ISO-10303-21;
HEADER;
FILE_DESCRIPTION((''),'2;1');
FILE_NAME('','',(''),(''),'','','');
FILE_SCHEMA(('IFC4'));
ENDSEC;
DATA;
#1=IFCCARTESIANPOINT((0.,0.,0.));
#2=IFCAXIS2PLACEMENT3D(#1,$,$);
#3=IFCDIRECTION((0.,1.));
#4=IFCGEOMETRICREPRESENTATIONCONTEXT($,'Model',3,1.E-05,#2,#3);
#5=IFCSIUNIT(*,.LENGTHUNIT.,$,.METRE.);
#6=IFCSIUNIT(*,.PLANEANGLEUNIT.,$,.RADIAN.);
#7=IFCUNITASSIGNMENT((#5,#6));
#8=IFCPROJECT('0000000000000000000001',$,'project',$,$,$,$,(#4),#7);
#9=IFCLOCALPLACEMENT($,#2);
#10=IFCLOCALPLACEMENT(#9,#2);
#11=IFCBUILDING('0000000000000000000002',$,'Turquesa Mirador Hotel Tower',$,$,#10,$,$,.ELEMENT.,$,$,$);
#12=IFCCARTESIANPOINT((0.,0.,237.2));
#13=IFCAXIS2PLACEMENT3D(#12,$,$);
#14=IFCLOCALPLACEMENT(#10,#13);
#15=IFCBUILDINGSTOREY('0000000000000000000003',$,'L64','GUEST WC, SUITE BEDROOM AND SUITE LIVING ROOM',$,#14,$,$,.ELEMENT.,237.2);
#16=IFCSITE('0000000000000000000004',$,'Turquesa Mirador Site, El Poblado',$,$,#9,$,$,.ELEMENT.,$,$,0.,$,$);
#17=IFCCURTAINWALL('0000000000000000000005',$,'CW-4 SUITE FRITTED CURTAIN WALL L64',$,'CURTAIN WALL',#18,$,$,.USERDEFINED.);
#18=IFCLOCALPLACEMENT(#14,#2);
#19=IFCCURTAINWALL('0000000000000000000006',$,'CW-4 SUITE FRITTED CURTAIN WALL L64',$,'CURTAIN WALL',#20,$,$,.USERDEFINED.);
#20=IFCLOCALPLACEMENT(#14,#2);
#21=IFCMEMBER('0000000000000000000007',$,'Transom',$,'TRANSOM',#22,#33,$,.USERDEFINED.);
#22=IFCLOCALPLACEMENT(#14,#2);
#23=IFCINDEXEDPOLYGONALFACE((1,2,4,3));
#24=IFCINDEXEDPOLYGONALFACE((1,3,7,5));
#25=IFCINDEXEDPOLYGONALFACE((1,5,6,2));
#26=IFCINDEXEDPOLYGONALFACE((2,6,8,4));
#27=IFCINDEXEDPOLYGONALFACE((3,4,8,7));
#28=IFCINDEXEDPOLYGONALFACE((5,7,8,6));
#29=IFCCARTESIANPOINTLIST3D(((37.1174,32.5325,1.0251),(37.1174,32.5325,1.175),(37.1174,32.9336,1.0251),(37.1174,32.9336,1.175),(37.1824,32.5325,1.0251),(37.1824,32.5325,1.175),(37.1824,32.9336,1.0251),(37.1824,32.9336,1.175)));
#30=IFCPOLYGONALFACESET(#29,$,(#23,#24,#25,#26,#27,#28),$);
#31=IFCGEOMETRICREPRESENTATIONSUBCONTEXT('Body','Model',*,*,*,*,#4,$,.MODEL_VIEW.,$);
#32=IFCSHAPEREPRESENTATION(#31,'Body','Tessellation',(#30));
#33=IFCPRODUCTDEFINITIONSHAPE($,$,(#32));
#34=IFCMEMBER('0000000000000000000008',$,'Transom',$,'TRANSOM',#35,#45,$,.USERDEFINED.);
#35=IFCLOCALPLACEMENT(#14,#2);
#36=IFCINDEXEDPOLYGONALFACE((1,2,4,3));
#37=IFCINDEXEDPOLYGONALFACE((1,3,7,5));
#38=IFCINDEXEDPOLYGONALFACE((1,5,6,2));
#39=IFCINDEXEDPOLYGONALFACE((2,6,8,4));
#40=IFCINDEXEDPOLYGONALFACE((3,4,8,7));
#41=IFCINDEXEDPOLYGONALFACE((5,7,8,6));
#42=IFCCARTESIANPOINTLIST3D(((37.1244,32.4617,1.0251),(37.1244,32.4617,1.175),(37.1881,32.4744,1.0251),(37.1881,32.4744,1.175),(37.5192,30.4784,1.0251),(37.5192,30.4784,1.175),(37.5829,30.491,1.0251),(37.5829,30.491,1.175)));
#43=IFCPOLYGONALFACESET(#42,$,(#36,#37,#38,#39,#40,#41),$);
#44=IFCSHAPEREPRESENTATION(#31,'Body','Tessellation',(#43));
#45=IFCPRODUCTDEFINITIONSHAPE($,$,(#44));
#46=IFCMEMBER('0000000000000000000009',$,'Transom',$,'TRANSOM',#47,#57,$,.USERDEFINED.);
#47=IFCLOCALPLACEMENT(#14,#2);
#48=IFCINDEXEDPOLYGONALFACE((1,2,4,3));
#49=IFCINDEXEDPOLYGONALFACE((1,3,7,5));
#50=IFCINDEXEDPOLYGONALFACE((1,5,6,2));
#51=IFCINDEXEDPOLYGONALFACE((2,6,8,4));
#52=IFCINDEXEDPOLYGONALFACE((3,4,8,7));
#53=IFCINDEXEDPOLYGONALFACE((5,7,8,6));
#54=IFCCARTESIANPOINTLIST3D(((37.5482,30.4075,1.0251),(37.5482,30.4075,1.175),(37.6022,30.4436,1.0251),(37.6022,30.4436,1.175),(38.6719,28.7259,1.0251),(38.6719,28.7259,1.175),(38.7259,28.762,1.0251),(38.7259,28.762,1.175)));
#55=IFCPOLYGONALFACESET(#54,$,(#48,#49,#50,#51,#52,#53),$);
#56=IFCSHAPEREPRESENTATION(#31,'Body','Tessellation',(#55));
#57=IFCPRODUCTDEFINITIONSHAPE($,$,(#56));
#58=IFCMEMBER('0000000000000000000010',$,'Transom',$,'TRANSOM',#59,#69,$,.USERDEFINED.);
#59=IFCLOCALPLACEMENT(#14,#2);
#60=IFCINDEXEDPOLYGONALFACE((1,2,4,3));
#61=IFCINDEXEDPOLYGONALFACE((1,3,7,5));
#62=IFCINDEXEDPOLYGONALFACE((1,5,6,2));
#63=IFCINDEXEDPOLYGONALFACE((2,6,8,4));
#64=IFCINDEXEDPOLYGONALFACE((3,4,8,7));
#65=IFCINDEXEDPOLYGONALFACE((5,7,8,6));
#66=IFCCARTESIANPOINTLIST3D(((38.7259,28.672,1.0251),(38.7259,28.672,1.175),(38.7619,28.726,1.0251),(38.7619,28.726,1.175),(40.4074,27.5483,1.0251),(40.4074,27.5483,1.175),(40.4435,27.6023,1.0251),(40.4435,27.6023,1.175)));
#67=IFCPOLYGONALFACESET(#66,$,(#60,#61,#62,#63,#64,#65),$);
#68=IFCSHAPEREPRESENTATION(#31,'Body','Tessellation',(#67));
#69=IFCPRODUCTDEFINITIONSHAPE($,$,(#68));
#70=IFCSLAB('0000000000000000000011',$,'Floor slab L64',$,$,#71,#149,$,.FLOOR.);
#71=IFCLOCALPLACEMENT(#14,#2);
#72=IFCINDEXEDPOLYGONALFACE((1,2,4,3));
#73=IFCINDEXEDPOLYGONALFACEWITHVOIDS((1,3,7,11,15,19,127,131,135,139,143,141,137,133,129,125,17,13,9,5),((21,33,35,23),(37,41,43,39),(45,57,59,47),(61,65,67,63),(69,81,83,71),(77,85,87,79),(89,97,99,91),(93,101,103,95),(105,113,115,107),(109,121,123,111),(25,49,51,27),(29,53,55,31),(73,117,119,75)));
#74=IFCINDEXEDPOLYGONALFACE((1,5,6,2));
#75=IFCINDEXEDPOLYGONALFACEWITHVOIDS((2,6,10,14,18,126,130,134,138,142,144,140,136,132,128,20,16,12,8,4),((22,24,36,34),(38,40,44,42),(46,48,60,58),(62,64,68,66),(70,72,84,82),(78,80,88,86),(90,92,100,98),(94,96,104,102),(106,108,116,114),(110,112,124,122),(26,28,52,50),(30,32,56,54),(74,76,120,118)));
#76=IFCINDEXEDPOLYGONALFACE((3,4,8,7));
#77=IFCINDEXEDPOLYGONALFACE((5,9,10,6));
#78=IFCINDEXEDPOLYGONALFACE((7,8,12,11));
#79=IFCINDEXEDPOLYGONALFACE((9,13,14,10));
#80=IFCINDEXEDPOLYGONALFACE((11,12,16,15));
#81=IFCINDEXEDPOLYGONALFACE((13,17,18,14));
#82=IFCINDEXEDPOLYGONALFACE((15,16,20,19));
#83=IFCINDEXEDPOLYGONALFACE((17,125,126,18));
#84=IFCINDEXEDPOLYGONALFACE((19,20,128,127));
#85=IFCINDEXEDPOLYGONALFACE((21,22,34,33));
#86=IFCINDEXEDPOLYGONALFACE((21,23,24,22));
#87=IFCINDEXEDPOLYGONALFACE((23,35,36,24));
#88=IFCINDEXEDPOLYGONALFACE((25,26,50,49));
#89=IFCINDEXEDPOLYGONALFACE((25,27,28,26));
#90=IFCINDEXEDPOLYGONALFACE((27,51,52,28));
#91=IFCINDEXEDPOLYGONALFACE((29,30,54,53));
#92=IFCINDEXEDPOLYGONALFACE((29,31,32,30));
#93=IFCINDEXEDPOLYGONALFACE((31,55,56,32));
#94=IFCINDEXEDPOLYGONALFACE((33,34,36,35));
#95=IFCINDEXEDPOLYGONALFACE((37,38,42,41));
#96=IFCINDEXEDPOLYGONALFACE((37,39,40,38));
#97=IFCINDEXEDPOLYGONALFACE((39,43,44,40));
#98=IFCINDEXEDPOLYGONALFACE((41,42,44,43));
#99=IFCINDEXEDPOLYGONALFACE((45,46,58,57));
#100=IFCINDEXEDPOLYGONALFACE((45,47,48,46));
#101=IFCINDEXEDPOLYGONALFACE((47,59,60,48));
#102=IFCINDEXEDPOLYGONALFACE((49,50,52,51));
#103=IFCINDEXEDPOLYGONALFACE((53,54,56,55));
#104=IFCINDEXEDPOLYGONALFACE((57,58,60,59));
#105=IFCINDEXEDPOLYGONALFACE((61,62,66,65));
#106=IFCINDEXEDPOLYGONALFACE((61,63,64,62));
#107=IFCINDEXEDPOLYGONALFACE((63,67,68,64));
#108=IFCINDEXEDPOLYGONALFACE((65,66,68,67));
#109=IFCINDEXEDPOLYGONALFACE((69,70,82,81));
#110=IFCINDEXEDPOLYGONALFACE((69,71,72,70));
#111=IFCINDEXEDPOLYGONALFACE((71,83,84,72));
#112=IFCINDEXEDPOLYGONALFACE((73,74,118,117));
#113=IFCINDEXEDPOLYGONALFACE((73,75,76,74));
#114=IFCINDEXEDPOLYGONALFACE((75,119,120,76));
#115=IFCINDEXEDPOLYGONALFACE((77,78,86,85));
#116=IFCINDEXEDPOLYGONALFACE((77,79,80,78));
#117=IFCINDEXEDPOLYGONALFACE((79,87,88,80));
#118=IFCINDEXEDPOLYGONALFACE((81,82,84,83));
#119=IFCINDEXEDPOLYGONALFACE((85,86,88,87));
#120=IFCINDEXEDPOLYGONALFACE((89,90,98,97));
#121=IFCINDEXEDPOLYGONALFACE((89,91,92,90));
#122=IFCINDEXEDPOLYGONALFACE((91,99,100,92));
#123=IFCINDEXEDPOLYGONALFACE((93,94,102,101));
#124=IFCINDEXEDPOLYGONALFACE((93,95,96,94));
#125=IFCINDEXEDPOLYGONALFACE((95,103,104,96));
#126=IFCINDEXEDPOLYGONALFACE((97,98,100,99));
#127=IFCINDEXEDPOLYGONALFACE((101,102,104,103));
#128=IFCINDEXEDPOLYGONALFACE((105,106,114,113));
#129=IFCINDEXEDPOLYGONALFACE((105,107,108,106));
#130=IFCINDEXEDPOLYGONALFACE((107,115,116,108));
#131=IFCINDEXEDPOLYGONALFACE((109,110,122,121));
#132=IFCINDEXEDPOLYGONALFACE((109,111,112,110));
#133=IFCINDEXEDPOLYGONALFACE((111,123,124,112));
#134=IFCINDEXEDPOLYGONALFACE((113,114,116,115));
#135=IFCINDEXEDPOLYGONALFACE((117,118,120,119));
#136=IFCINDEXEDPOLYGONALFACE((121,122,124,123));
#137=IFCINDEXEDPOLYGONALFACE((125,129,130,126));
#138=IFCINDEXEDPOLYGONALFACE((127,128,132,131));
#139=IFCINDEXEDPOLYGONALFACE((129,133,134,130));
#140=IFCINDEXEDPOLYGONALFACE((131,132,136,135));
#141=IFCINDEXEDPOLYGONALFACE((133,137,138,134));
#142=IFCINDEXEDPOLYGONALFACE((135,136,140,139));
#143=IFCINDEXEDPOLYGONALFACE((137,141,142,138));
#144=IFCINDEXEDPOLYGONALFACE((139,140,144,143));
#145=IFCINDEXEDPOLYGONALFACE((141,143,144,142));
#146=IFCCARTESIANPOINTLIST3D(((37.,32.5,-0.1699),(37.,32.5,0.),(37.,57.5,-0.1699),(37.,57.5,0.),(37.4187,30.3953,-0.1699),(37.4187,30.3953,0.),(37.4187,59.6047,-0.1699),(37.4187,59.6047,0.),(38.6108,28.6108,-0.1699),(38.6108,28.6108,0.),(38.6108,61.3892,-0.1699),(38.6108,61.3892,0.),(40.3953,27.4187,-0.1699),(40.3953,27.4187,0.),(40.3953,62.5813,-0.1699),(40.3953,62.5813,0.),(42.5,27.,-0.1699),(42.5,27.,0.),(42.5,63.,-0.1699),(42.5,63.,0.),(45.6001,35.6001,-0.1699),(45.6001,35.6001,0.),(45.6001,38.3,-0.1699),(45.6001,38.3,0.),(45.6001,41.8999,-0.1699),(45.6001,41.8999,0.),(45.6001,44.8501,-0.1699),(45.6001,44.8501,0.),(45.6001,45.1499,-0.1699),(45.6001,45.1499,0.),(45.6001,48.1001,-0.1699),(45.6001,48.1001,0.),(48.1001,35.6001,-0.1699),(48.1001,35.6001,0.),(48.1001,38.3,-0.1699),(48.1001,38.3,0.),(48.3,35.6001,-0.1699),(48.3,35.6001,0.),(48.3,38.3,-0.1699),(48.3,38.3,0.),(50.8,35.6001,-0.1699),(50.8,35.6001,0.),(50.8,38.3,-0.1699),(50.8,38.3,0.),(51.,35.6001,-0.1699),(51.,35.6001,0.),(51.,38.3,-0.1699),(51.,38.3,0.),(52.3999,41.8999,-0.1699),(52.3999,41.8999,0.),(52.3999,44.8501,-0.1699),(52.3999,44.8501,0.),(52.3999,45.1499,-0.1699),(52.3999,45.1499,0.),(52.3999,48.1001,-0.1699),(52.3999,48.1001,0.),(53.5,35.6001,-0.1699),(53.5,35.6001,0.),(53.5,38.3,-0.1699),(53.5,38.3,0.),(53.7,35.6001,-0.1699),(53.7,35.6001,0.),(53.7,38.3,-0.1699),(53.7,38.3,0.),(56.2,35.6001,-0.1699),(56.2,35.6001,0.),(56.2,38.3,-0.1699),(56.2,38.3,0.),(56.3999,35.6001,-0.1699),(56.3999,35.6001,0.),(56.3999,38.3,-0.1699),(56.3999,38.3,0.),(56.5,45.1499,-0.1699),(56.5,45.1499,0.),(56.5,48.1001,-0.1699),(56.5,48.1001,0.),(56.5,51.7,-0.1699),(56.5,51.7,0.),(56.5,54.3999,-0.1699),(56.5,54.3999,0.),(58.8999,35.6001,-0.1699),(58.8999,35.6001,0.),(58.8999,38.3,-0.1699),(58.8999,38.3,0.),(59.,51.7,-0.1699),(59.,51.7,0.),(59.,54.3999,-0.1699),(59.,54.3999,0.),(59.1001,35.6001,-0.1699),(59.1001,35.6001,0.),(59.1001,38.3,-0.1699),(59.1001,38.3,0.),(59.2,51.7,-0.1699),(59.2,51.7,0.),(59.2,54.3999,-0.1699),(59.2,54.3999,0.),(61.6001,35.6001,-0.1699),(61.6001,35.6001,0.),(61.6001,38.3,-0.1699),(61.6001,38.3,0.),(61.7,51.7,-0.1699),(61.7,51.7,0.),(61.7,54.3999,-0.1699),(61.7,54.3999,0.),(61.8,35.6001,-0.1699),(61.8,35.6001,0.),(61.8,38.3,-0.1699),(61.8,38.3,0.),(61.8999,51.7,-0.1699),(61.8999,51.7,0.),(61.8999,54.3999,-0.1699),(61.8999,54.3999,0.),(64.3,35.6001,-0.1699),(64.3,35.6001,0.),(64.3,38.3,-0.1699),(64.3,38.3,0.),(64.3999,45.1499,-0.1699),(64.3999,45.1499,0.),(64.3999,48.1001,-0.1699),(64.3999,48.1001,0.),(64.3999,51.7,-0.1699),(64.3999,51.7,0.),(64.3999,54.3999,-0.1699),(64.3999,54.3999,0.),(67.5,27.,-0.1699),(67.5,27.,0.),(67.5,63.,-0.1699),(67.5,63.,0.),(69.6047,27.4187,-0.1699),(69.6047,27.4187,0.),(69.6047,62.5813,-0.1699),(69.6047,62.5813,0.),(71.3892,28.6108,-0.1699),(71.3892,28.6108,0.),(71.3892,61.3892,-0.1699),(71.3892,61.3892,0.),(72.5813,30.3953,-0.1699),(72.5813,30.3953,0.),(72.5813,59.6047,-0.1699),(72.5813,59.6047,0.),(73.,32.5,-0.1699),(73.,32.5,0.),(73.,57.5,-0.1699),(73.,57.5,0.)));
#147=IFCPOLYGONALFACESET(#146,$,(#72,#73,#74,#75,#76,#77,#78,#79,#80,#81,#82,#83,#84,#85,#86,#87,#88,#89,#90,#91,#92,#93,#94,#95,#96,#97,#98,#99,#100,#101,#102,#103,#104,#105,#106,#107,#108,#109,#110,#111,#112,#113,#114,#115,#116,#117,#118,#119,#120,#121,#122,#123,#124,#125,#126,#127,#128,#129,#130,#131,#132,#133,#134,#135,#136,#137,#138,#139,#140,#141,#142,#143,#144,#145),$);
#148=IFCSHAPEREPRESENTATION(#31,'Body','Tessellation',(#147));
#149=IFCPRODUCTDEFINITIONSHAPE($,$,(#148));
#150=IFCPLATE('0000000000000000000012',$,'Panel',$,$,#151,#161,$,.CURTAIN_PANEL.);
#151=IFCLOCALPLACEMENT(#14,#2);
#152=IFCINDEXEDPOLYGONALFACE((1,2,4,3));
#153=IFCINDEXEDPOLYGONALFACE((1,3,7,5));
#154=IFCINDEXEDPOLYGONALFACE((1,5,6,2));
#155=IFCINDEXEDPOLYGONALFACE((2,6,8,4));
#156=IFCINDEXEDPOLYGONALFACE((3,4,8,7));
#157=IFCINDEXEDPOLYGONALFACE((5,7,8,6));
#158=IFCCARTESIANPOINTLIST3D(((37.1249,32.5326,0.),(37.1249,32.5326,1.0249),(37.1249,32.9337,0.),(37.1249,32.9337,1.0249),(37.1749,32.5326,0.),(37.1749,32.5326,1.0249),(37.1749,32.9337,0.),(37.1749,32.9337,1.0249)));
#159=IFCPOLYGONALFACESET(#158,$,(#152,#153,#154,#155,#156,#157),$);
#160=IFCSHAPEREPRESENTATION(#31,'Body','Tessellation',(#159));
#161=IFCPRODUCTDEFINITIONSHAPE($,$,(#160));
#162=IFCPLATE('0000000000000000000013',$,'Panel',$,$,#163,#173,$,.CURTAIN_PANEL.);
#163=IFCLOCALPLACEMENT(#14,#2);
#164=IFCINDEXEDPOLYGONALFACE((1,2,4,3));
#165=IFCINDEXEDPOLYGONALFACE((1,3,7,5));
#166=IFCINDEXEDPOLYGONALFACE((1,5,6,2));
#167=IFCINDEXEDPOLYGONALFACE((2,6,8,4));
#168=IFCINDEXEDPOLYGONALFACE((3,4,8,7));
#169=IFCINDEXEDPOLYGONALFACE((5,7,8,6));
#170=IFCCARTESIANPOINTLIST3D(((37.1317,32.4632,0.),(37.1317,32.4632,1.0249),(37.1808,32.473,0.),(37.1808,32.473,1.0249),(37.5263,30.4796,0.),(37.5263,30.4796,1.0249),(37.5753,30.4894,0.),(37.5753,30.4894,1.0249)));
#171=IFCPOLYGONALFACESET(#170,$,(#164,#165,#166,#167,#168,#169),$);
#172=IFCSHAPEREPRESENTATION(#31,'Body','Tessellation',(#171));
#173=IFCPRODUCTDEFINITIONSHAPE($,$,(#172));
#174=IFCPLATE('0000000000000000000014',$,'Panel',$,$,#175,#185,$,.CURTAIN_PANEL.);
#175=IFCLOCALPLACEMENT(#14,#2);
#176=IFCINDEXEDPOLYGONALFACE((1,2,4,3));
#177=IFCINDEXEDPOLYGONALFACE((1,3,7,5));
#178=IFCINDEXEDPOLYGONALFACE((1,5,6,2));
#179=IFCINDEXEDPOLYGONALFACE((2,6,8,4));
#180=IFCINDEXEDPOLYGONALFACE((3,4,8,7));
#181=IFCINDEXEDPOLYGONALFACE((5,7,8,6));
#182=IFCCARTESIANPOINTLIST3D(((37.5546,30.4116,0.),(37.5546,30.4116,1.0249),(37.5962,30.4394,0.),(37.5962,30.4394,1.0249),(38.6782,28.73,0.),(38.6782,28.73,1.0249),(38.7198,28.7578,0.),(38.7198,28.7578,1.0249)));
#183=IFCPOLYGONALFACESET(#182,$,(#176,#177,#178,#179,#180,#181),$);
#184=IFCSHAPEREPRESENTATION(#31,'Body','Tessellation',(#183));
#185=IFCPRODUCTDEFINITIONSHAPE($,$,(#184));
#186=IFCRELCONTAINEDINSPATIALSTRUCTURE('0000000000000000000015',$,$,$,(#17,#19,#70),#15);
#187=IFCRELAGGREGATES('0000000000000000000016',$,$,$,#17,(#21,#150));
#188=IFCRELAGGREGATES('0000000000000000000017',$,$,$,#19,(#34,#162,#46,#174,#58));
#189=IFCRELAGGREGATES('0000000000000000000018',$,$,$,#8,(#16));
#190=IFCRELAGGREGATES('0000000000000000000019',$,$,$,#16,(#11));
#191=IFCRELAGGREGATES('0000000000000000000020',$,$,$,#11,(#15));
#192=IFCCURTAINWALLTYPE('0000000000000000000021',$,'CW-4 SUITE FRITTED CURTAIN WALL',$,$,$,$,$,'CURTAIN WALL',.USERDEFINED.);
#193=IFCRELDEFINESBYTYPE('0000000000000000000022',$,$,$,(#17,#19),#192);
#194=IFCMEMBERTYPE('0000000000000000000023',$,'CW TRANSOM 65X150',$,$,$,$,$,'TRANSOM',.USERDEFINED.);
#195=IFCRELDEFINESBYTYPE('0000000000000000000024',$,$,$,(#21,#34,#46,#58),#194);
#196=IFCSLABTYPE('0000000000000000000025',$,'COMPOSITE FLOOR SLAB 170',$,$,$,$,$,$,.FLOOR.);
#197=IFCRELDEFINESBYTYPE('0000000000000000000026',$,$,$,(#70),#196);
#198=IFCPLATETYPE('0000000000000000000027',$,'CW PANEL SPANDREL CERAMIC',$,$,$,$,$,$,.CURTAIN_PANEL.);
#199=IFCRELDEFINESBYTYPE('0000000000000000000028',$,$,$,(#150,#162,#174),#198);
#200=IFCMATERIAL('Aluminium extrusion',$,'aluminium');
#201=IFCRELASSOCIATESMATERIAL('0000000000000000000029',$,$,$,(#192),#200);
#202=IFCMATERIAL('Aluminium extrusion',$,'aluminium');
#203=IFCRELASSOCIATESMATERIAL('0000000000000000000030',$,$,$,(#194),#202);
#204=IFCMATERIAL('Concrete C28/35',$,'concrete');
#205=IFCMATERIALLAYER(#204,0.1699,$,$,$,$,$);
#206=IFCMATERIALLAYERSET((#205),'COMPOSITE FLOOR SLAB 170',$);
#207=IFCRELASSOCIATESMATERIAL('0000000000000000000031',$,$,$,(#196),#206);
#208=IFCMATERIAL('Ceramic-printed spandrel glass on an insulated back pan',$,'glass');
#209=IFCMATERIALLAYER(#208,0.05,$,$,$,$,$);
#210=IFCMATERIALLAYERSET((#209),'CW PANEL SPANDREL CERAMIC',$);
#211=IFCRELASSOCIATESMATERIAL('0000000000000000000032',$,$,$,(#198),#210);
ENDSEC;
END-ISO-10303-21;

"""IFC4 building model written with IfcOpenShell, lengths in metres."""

from ifc_helpers import new_model, si_unit, direction, frame, origin, origin_2d, place, context, subcontext, project, spatial, polyline, rectangle, outline, extrude, material, layer, layer_set, material_profile, profile_set, type_object, element, aggregate, save


model = new_model("IFC4")

# Units and contexts
model_context = context("Model", 3, precision=1e-05, world=origin(), true_north=direction((0.0, 1.0)))
body_context = subcontext(model_context, "Body", "Model", "MODEL_VIEW")
ifc_project = project(units=[si_unit("LENGTHUNIT", "METRE"), si_unit("PLANEANGLEUNIT", "RADIAN")], contexts=[model_context])

# Site, building, storey
site_placement = place(None, origin())
site = spatial("IfcSite", under=ifc_project, at=site_placement, Name="Turquesa Mirador Site, El Poblado", CompositionType="ELEMENT", RefElevation=0.0)
building_placement = place(site_placement, origin())
building = spatial("IfcBuilding", under=site, at=building_placement, Name="Turquesa Mirador Hotel Tower", CompositionType="ELEMENT")
storey_placement = place(building_placement, frame((0.0, 0.0, 237.2)))
storey = spatial("IfcBuildingStorey", under=building, at=storey_placement, Name="L64", Description="GUEST WC, SUITE BEDROOM AND SUITE LIVING ROOM", CompositionType="ELEMENT", Elevation=237.2)

# Curtain walls
ifc_material_1 = material(Name="Aluminium extrusion", Category="aluminium")
curtain_wall_type = type_object("IfcCurtainWallType", Name="CW-4 SUITE FRITTED CURTAIN WALL", ElementType="CURTAIN WALL", PredefinedType="USERDEFINED", material=ifc_material_1)
curtain_wall_1_placement = place(storey_placement, origin())
curtain_wall_1 = element("IfcCurtainWall", 1, at=curtain_wall_1_placement, inside=storey, type_object=curtain_wall_type, Name="CW-4 SUITE FRITTED CURTAIN WALL L64", ObjectType="CURTAIN WALL", PredefinedType="USERDEFINED")
curtain_wall_2_placement = place(storey_placement, origin())
curtain_wall_2 = element("IfcCurtainWall", 2, at=curtain_wall_2_placement, inside=storey, type_object=curtain_wall_type, Name="CW-4 SUITE FRITTED CURTAIN WALL L64", ObjectType="CURTAIN WALL", PredefinedType="USERDEFINED")

# Members
ifc_material_2 = material(Name="Aluminium extrusion", Category="aluminium")
ifc_material_profile_1 = material_profile(ifc_material_2, rectangle(XDim=0.0649, YDim=0.1499, at=origin_2d()), Name="TRANSOM 65X150")
ifc_profile_set_1 = profile_set([ifc_material_profile_1], Name="Aluminium extrusion")
member_type_1 = type_object("IfcMemberType", Name="CW TRANSOM 65X150", ElementType="TRANSOM", PredefinedType="USERDEFINED", material=ifc_profile_set_1)
member_1_placement = place(storey_placement, frame((37.1499, 32.9336, 1.1001), z_axis=(0.0, -1.0, 0.0), x_axis=(1.0, 0.0, 0.0)))
member_1 = element("IfcMember", 3, at=member_1_placement, type_object=member_type_1, Name="Transom", ObjectType="TRANSOM", PredefinedType="USERDEFINED", context=body_context, shape_type="SweptSolid", body=[
    extrude(rectangle(XDim=0.0649, YDim=0.1499, at=origin_2d()), origin(), (0.0, 0.0, 1.0), 0.4011),
])
member_2_placement = place(storey_placement, frame((37.1562, 32.468, 1.1001), z_axis=(0.195211, -0.980761, 0.0), x_axis=(0.980761, 0.195211, 0.0)))
member_2 = element("IfcMember", 4, at=member_2_placement, type_object=member_type_1, Name="Transom", ObjectType="TRANSOM", PredefinedType="USERDEFINED", context=body_context, shape_type="SweptSolid", body=[
    extrude(rectangle(XDim=0.0649, YDim=0.1499, at=origin_2d()), origin(), (0.0, 0.0, 1.0), 2.0222),
])
member_3_placement = place(storey_placement, frame((37.5752, 30.4255, 1.1001), z_axis=(0.555619, -0.831437, 0.0), x_axis=(0.831437, 0.555619, 0.0)))
member_3 = element("IfcMember", 5, at=member_3_placement, type_object=member_type_1, Name="Transom", ObjectType="TRANSOM", PredefinedType="USERDEFINED", context=body_context, shape_type="SweptSolid", body=[
    extrude(rectangle(XDim=0.0649, YDim=0.1499, at=origin_2d()), origin(), (0.0, 0.0, 1.0), 2.0225),
])
member_4_placement = place(storey_placement, frame((38.7439, 28.699, 1.1001), z_axis=(0.831437, -0.555619, 0.0), x_axis=(0.555619, 0.831437, 0.0)))
member_4 = element("IfcMember", 6, at=member_4_placement, type_object=member_type_1, Name="Transom", ObjectType="TRANSOM", PredefinedType="USERDEFINED", context=body_context, shape_type="SweptSolid", body=[
    extrude(rectangle(XDim=0.0649, YDim=0.1499, at=origin_2d()), origin(), (0.0, 0.0, 1.0), 2.0225),
])

# Slab
ifc_material_3 = material(Name="Concrete C28/35", Category="concrete")
ifc_layer_1 = layer(ifc_material_3, 0.1699)
ifc_layer_set_1 = layer_set([ifc_layer_1], Name="COMPOSITE FLOOR SLAB 170")
slab_type_1 = type_object("IfcSlabType", Name="COMPOSITE FLOOR SLAB 170", PredefinedType="FLOOR", material=ifc_layer_set_1)
slab_1_placement = place(storey_placement, frame((0.0, 0.0, -0.1699)))
element("IfcSlab", 7, at=slab_1_placement, inside=storey, type_object=slab_type_1, Name="Floor slab L64", PredefinedType="FLOOR", context=body_context, shape_type="SweptSolid", body=[
    extrude(outline(polyline([(67.5, 27.0), (69.6047, 27.4187), (71.3892, 28.6108), (72.5813, 30.3953), (73.0, 32.5), (73.0, 57.5), (72.5813, 59.6047), (71.3892, 61.3892), (69.6047, 62.5813), (67.5, 63.0), (42.5, 63.0), (40.3953, 62.5813), (38.6108, 61.3892), (37.4187, 59.6047), (37.0, 57.5), (37.0, 32.5), (37.4187, 30.3953), (38.6108, 28.6108), (40.3953, 27.4187), (42.5, 27.0), (67.5, 27.0)]), holes=[polyline([(56.5, 51.7), (59.0, 51.7), (59.0, 54.3999), (56.5, 54.3999), (56.5, 51.7)]), polyline([(59.2, 51.7), (61.7, 51.7), (61.7, 54.3999), (59.2, 54.3999), (59.2, 51.7)]), polyline([(45.6001, 35.6001), (48.1001, 35.6001), (48.1001, 38.3), (45.6001, 38.3), (45.6001, 35.6001)]), polyline([(48.3, 35.6001), (50.8, 35.6001), (50.8, 38.3), (48.3, 38.3), (48.3, 35.6001)]), polyline([(51.0, 35.6001), (53.5, 35.6001), (53.5, 38.3), (51.0, 38.3), (51.0, 35.6001)]), polyline([(53.7, 35.6001), (56.2, 35.6001), (56.2, 38.3), (53.7, 38.3), (53.7, 35.6001)]), polyline([(56.3999, 35.6001), (58.8999, 35.6001), (58.8999, 38.3), (56.3999, 38.3), (56.3999, 35.6001)]), polyline([(59.1001, 35.6001), (61.6001, 35.6001), (61.6001, 38.3), (59.1001, 38.3), (59.1001, 35.6001)]), polyline([(61.8, 35.6001), (64.3, 35.6001), (64.3, 38.3), (61.8, 38.3), (61.8, 35.6001)]), polyline([(45.6001, 45.1499), (52.3999, 45.1499), (52.3999, 48.1001), (45.6001, 48.1001), (45.6001, 45.1499)]), polyline([(45.6001, 41.8999), (52.3999, 41.8999), (52.3999, 44.8501), (45.6001, 44.8501), (45.6001, 41.8999)]), polyline([(56.5, 45.1499), (64.3999, 45.1499), (64.3999, 48.1001), (56.5, 48.1001), (56.5, 45.1499)]), polyline([(61.8999, 51.7), (64.3999, 51.7), (64.3999, 54.3999), (61.8999, 54.3999), (61.8999, 51.7)])]), origin(), (0.0, 0.0, 1.0), 0.1699),
])

# Plates
ifc_material_4 = material(Name="Ceramic-printed spandrel glass on an insulated back pan", Category="glass")
ifc_layer_2 = layer(ifc_material_4, 0.05)
ifc_layer_set_2 = layer_set([ifc_layer_2], Name="CW PANEL SPANDREL CERAMIC")
plate_type_1 = type_object("IfcPlateType", Name="CW PANEL SPANDREL CERAMIC", PredefinedType="CURTAIN_PANEL", material=ifc_layer_set_2)
plate_1_placement = place(storey_placement, frame((37.1499, 32.7332, 0.0), z_axis=(0.0, 0.0, 1.0), x_axis=(0.0, -1.0, 0.0)))
plate_1 = element("IfcPlate", 8, at=plate_1_placement, type_object=plate_type_1, Name="Panel", PredefinedType="CURTAIN_PANEL", context=body_context, shape_type="SweptSolid", body=[
    extrude(rectangle(XDim=0.4011, YDim=0.05, at=origin_2d()), origin(), (0.0, 0.0, 1.0), 1.0249),
])
plate_2_placement = place(storey_placement, frame((37.3535, 31.4763, 0.0), z_axis=(0.0, 0.0, 1.0), x_axis=(0.195091, -0.980785, 0.0)))
plate_2 = element("IfcPlate", 9, at=plate_2_placement, type_object=plate_type_1, Name="Panel", PredefinedType="CURTAIN_PANEL", context=body_context, shape_type="SweptSolid", body=[
    extrude(rectangle(XDim=2.0225, YDim=0.05, at=origin_2d()), origin(), (0.0, 0.0, 1.0), 1.0249),
])
plate_3_placement = place(storey_placement, frame((38.1372, 29.5847, 0.0), z_axis=(0.0, 0.0, 1.0), x_axis=(0.55557, -0.83147, 0.0)))
plate_3 = element("IfcPlate", 10, at=plate_3_placement, type_object=plate_type_1, Name="Panel", PredefinedType="CURTAIN_PANEL", context=body_context, shape_type="SweptSolid", body=[
    extrude(rectangle(XDim=2.0225, YDim=0.05, at=origin_2d()), origin(), (0.0, 0.0, 1.0), 1.0249),
])
aggregate(curtain_wall_1, [member_1, plate_1])
aggregate(curtain_wall_2, [member_2, plate_2, member_3, plate_3, member_4])

save(model, "model.ifc")
